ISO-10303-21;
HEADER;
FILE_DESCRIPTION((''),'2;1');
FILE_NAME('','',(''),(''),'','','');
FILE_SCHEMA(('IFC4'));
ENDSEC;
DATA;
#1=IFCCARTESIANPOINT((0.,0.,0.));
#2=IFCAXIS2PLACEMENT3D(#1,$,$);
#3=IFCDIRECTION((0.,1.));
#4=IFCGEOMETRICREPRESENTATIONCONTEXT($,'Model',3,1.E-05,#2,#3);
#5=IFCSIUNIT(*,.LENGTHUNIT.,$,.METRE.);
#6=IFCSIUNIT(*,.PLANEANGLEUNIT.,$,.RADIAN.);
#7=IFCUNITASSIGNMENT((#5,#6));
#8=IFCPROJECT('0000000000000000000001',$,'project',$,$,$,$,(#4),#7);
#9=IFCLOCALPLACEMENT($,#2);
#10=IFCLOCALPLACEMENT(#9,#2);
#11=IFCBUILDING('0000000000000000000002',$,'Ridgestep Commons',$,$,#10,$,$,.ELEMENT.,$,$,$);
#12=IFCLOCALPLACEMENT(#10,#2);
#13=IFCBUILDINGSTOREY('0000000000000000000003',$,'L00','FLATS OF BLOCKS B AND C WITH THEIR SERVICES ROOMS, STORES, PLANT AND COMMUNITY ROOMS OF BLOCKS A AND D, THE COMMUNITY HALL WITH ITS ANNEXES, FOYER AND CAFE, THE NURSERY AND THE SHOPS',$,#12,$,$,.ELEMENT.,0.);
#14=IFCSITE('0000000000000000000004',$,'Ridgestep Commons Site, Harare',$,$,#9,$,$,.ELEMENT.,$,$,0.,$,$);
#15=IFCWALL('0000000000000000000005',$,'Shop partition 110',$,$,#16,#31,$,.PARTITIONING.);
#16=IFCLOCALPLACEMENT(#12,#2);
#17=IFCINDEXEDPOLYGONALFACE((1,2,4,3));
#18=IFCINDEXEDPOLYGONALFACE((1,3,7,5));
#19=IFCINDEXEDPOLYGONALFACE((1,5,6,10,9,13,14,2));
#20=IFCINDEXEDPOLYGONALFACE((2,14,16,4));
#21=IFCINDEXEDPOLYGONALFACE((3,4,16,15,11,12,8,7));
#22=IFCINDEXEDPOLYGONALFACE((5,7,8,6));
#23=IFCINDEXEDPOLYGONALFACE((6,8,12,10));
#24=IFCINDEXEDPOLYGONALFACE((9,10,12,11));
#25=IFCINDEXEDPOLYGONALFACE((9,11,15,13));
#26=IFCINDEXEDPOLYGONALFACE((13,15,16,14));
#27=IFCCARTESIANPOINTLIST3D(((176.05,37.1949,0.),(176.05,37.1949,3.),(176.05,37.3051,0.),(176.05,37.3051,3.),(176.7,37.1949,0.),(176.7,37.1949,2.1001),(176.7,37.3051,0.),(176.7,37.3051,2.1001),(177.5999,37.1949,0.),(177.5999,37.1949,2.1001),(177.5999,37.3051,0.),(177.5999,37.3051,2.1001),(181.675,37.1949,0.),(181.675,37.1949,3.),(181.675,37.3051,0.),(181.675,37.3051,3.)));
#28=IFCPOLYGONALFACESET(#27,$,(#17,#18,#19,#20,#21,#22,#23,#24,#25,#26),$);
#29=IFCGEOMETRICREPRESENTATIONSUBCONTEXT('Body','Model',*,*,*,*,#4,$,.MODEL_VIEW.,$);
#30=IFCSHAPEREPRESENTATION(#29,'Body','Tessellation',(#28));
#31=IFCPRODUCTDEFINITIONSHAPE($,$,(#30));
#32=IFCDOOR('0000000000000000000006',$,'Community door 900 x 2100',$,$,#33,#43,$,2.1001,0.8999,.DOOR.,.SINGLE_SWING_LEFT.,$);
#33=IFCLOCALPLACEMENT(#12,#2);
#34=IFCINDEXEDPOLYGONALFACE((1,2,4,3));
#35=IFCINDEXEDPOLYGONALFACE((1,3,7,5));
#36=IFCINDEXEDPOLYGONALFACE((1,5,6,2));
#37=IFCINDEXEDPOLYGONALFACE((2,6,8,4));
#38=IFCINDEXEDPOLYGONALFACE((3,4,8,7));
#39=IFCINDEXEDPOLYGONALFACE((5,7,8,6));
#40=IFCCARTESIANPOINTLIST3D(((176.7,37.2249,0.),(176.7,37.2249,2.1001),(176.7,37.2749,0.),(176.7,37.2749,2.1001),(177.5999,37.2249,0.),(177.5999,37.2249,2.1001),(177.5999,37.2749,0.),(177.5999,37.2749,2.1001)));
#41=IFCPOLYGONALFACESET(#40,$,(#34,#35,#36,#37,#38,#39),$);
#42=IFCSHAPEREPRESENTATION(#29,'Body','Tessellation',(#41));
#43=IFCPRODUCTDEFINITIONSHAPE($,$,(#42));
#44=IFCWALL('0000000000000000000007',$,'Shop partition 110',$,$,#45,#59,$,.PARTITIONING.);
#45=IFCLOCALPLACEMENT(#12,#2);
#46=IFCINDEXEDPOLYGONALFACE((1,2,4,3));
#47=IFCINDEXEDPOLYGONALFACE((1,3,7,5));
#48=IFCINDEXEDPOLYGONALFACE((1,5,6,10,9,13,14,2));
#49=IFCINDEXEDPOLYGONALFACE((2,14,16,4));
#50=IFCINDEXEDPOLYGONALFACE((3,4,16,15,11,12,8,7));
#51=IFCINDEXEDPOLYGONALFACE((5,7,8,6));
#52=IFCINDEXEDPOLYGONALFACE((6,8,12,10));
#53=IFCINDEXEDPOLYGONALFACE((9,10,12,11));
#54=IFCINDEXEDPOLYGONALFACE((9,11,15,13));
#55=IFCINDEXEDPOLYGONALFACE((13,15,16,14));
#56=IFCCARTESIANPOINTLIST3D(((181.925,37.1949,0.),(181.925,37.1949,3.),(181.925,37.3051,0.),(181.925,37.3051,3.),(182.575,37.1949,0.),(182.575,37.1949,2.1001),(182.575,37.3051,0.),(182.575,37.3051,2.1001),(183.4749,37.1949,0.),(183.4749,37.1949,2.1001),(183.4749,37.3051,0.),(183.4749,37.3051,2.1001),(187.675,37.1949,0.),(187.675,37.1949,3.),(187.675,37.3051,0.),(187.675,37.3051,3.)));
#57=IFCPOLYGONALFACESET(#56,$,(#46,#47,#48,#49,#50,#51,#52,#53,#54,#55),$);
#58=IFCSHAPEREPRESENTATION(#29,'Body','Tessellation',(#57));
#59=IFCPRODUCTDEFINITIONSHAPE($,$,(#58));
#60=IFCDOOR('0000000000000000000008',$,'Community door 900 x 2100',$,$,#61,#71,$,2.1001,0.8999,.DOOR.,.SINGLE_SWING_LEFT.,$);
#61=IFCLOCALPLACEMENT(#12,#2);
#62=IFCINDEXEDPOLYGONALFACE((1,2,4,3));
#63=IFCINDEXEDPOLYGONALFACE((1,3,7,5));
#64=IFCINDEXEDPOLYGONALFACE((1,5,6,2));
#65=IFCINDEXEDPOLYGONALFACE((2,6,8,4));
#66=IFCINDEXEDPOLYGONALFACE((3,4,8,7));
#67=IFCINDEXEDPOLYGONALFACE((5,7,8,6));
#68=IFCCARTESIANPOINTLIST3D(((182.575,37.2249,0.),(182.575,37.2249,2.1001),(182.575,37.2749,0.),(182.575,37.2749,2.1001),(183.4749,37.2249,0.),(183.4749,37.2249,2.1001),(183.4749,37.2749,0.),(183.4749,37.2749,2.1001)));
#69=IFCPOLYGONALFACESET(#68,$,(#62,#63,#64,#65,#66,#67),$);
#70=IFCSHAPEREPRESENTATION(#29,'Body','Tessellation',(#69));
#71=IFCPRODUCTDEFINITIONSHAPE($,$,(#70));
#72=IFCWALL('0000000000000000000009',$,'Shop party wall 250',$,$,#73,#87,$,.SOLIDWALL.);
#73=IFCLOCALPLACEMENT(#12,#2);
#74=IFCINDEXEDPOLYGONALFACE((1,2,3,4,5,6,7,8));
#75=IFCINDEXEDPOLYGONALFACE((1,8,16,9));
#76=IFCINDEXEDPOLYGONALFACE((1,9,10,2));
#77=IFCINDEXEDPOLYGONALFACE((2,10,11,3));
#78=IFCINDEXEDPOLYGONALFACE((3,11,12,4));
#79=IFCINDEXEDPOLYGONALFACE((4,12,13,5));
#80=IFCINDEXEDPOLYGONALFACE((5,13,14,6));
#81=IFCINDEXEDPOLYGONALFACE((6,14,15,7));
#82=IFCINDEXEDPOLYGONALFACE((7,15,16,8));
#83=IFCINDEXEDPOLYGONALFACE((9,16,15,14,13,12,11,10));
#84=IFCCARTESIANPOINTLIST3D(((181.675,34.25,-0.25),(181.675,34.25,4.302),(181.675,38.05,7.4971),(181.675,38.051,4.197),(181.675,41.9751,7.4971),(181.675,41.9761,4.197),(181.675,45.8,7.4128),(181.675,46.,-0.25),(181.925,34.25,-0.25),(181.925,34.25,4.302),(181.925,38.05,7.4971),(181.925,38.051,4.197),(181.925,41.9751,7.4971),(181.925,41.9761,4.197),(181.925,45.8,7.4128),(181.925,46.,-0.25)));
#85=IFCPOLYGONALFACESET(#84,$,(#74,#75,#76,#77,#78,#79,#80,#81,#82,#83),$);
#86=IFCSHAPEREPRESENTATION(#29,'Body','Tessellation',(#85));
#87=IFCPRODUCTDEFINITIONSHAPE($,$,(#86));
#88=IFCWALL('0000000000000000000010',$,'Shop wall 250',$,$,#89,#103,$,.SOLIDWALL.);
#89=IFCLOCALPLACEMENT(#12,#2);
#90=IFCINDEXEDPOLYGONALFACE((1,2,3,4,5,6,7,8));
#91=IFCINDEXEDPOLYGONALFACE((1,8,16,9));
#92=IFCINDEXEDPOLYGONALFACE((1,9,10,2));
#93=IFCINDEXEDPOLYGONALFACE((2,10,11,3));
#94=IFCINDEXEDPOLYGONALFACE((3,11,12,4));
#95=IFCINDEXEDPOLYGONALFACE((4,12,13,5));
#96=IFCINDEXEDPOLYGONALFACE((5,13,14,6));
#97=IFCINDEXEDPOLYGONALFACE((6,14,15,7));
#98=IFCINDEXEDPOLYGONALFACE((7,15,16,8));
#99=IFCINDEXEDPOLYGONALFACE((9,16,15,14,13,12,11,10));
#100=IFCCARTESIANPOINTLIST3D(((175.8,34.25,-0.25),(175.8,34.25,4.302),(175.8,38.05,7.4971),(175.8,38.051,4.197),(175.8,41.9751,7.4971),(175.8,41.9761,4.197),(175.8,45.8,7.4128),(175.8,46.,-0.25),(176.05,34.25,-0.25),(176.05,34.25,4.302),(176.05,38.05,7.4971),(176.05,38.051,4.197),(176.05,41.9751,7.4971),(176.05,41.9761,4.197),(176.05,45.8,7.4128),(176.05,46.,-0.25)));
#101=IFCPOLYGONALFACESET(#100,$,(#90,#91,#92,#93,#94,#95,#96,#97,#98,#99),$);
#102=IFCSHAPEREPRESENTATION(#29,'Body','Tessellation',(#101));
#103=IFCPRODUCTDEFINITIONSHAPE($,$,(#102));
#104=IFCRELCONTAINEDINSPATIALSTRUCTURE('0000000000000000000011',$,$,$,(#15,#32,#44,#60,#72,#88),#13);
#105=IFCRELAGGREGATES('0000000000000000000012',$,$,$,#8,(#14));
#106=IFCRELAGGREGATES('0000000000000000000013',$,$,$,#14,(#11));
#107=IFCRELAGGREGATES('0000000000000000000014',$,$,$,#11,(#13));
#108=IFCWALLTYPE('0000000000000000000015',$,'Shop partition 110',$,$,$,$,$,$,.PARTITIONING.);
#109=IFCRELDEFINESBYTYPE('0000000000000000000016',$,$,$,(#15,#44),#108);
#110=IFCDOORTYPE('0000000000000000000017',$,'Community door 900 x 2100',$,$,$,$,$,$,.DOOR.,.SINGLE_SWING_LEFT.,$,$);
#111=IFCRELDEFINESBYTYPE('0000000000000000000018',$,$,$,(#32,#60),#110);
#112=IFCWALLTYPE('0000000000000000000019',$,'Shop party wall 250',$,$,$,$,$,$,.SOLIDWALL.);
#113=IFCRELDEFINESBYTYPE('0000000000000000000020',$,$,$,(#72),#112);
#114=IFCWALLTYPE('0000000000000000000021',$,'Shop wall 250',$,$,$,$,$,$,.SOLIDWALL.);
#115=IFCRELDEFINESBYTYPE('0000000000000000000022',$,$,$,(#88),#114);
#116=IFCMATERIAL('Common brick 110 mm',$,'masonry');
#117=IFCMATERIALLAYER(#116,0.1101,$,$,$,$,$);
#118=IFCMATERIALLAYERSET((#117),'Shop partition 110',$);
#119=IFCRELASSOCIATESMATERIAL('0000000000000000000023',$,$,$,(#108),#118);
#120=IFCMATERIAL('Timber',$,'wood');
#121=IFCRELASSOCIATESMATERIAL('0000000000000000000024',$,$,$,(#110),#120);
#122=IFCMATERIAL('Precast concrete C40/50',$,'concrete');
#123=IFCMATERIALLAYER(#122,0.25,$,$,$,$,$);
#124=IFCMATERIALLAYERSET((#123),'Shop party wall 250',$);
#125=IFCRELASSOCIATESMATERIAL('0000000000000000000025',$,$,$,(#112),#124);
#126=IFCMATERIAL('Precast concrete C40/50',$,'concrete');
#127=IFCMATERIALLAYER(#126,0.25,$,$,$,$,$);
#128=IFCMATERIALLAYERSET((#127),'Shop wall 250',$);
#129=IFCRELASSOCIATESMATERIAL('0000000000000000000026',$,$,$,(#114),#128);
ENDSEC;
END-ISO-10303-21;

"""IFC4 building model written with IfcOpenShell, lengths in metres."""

from ifc_helpers import new_model, si_unit, direction, frame, frame_2d, origin, place, context, subcontext, project, spatial, polyline, rectangle, outline, extrude, material, layer, layer_set, type_object, element, fill, save


model = new_model("IFC4")

# Units and contexts
model_context = context("Model", 3, precision=1e-05, world=origin(), true_north=direction((0.0, 1.0)))
body_context = subcontext(model_context, "Body", "Model", "MODEL_VIEW")
ifc_project = project(units=[si_unit("LENGTHUNIT", "METRE"), si_unit("PLANEANGLEUNIT", "RADIAN")], contexts=[model_context])

# Site, building, storey
site_placement = place(None, origin())
site = spatial("IfcSite", under=ifc_project, at=site_placement, Name="Ridgestep Commons Site, Harare", CompositionType="ELEMENT", RefElevation=0.0)
building_placement = place(site_placement, origin())
building = spatial("IfcBuilding", under=site, at=building_placement, Name="Ridgestep Commons", CompositionType="ELEMENT")
storey_placement = place(building_placement, origin())
storey = spatial("IfcBuildingStorey", under=building, at=storey_placement, Name="L00", Description="FLATS OF BLOCKS B AND C WITH THEIR SERVICES ROOMS, STORES, PLANT AND COMMUNITY ROOMS OF BLOCKS A AND D, THE COMMUNITY HALL WITH ITS ANNEXES, FOYER AND CAFE, THE NURSERY AND THE SHOPS", CompositionType="ELEMENT", Elevation=0.0)

# Walls, openings, doors
ifc_material_1 = material(Name="Common brick 110 mm", Category="masonry")
ifc_layer_1 = layer(ifc_material_1, 0.1101)
ifc_layer_set_1 = layer_set([ifc_layer_1], Name="Shop partition 110")
wall_type_1 = type_object("IfcWallType", Name="Shop partition 110", PredefinedType="PARTITIONING", material=ifc_layer_set_1)
wall_1_placement = place(storey_placement, frame((176.05, 37.25, 0.0), z_axis=(0.0, 0.0, 1.0), x_axis=(1.0, 0.0, 0.0)))
wall_1 = element("IfcWall", 1, at=wall_1_placement, inside=storey, type_object=wall_type_1, Name="Shop partition 110", PredefinedType="PARTITIONING", context=body_context, shape_type="SweptSolid", body=[
    extrude(rectangle(XDim=5.625, YDim=0.1101, at=frame_2d((2.8125, 0.0))), origin(), (0.0, 0.0, 1.0), 3.0),
])
opening_1_placement = place(wall_1_placement, frame((0.6499, 0.0, 0.0)))
opening_1 = element("IfcOpeningElement", 2, at=opening_1_placement, cuts=wall_1, PredefinedType="OPENING", context=body_context, shape_type="SweptSolid", body=[
    extrude(rectangle(XDim=0.8999, YDim=2.1001, at=frame_2d((0.45, 1.05))), frame((0.0, 0.0649, 0.0), z_axis=(0.0, -1.0, 0.0), x_axis=(1.0, 0.0, 0.0)), (0.0, 0.0, 1.0), 0.1301),
])
ifc_material_2 = material(Name="Timber", Category="wood")
door_type = type_object("IfcDoorType", Name="Community door 900 x 2100", OperationType="SINGLE_SWING_LEFT", PredefinedType="DOOR", material=ifc_material_2)
door_1_placement = place(opening_1_placement, origin())
door_1 = element("IfcDoor", 3, at=door_1_placement, inside=storey, type_object=door_type, Name="Community door 900 x 2100", OperationType="SINGLE_SWING_LEFT", OverallHeight=2.1001, OverallWidth=0.8999, PredefinedType="DOOR", context=body_context, shape_type="SweptSolid", body=[
    extrude(rectangle(XDim=0.8999, YDim=2.1001, at=frame_2d((0.45, 1.05))), frame((0.0, 0.0249, 0.0), z_axis=(0.0, -1.0, 0.0), x_axis=(1.0, 0.0, 0.0)), (0.0, 0.0, 1.0), 0.05),
])
fill(opening_1, door_1)
wall_2_placement = place(storey_placement, frame((181.925, 37.25, 0.0), z_axis=(0.0, 0.0, 1.0), x_axis=(1.0, 0.0, 0.0)))
wall_2 = element("IfcWall", 4, at=wall_2_placement, inside=storey, type_object=wall_type_1, Name="Shop partition 110", PredefinedType="PARTITIONING", context=body_context, shape_type="SweptSolid", body=[
    extrude(rectangle(XDim=5.75, YDim=0.1101, at=frame_2d((2.875, 0.0))), origin(), (0.0, 0.0, 1.0), 3.0),
])
opening_2_placement = place(wall_2_placement, frame((0.6499, 0.0, 0.0)))
opening_2 = element("IfcOpeningElement", 5, at=opening_2_placement, cuts=wall_2, PredefinedType="OPENING", context=body_context, shape_type="SweptSolid", body=[
    extrude(rectangle(XDim=0.8999, YDim=2.1001, at=frame_2d((0.45, 1.05))), frame((0.0, 0.0649, 0.0), z_axis=(0.0, -1.0, 0.0), x_axis=(1.0, 0.0, 0.0)), (0.0, 0.0, 1.0), 0.1301),
])
door_2_placement = place(opening_2_placement, origin())
door_2 = element("IfcDoor", 6, at=door_2_placement, inside=storey, type_object=door_type, Name="Community door 900 x 2100", OperationType="SINGLE_SWING_LEFT", OverallHeight=2.1001, OverallWidth=0.8999, PredefinedType="DOOR", context=body_context, shape_type="SweptSolid", body=[
    extrude(rectangle(XDim=0.8999, YDim=2.1001, at=frame_2d((0.45, 1.05))), frame((0.0, 0.0249, 0.0), z_axis=(0.0, -1.0, 0.0), x_axis=(1.0, 0.0, 0.0)), (0.0, 0.0, 1.0), 0.05),
])
fill(opening_2, door_2)

# Walls
ifc_material_3 = material(Name="Precast concrete C40/50", Category="concrete")
ifc_layer_2 = layer(ifc_material_3, 0.25)
ifc_layer_set_2 = layer_set([ifc_layer_2], Name="Shop party wall 250")
wall_type_2 = type_object("IfcWallType", Name="Shop party wall 250", PredefinedType="SOLIDWALL", material=ifc_layer_set_2)
wall_3_placement = place(storey_placement, frame((181.8, 34.25, -0.25), z_axis=(0.0, 0.0, 1.0), x_axis=(0.0, 1.0, 0.0)))
element("IfcWall", 7, at=wall_3_placement, inside=storey, type_object=wall_type_2, Name="Shop party wall 250", PredefinedType="SOLIDWALL", context=body_context, shape_type="SweptSolid", body=[
    extrude(outline(polyline([(0.0, 0.0), (11.75, 0.0), (11.55, 7.6628), (7.7261, 4.447), (7.7251, 7.7471), (3.801, 4.447), (3.8, 7.7471), (0.0, 4.552), (0.0, 0.0)])), frame((0.0, 0.125, 0.0), z_axis=(0.0, -1.0, 0.0), x_axis=(1.0, 0.0, 0.0)), (0.0, 0.0, 1.0), 0.25),
])
ifc_material_4 = material(Name="Precast concrete C40/50", Category="concrete")
ifc_layer_3 = layer(ifc_material_4, 0.25)
ifc_layer_set_3 = layer_set([ifc_layer_3], Name="Shop wall 250")
wall_type_3 = type_object("IfcWallType", Name="Shop wall 250", PredefinedType="SOLIDWALL", material=ifc_layer_set_3)
wall_4_placement = place(storey_placement, frame((175.925, 34.25, -0.25), z_axis=(0.0, 0.0, 1.0), x_axis=(0.0, 1.0, 0.0)))
element("IfcWall", 8, at=wall_4_placement, inside=storey, type_object=wall_type_3, Name="Shop wall 250", PredefinedType="SOLIDWALL", context=body_context, shape_type="SweptSolid", body=[
    extrude(outline(polyline([(0.0, 0.0), (11.75, 0.0), (11.55, 7.6628), (7.7261, 4.447), (7.7251, 7.7471), (3.801, 4.447), (3.8, 7.7471), (0.0, 4.552), (0.0, 0.0)])), frame((0.0, 0.125, 0.0), z_axis=(0.0, -1.0, 0.0), x_axis=(1.0, 0.0, 0.0)), (0.0, 0.0, 1.0), 0.25),
])

save(model, "model.ifc")
